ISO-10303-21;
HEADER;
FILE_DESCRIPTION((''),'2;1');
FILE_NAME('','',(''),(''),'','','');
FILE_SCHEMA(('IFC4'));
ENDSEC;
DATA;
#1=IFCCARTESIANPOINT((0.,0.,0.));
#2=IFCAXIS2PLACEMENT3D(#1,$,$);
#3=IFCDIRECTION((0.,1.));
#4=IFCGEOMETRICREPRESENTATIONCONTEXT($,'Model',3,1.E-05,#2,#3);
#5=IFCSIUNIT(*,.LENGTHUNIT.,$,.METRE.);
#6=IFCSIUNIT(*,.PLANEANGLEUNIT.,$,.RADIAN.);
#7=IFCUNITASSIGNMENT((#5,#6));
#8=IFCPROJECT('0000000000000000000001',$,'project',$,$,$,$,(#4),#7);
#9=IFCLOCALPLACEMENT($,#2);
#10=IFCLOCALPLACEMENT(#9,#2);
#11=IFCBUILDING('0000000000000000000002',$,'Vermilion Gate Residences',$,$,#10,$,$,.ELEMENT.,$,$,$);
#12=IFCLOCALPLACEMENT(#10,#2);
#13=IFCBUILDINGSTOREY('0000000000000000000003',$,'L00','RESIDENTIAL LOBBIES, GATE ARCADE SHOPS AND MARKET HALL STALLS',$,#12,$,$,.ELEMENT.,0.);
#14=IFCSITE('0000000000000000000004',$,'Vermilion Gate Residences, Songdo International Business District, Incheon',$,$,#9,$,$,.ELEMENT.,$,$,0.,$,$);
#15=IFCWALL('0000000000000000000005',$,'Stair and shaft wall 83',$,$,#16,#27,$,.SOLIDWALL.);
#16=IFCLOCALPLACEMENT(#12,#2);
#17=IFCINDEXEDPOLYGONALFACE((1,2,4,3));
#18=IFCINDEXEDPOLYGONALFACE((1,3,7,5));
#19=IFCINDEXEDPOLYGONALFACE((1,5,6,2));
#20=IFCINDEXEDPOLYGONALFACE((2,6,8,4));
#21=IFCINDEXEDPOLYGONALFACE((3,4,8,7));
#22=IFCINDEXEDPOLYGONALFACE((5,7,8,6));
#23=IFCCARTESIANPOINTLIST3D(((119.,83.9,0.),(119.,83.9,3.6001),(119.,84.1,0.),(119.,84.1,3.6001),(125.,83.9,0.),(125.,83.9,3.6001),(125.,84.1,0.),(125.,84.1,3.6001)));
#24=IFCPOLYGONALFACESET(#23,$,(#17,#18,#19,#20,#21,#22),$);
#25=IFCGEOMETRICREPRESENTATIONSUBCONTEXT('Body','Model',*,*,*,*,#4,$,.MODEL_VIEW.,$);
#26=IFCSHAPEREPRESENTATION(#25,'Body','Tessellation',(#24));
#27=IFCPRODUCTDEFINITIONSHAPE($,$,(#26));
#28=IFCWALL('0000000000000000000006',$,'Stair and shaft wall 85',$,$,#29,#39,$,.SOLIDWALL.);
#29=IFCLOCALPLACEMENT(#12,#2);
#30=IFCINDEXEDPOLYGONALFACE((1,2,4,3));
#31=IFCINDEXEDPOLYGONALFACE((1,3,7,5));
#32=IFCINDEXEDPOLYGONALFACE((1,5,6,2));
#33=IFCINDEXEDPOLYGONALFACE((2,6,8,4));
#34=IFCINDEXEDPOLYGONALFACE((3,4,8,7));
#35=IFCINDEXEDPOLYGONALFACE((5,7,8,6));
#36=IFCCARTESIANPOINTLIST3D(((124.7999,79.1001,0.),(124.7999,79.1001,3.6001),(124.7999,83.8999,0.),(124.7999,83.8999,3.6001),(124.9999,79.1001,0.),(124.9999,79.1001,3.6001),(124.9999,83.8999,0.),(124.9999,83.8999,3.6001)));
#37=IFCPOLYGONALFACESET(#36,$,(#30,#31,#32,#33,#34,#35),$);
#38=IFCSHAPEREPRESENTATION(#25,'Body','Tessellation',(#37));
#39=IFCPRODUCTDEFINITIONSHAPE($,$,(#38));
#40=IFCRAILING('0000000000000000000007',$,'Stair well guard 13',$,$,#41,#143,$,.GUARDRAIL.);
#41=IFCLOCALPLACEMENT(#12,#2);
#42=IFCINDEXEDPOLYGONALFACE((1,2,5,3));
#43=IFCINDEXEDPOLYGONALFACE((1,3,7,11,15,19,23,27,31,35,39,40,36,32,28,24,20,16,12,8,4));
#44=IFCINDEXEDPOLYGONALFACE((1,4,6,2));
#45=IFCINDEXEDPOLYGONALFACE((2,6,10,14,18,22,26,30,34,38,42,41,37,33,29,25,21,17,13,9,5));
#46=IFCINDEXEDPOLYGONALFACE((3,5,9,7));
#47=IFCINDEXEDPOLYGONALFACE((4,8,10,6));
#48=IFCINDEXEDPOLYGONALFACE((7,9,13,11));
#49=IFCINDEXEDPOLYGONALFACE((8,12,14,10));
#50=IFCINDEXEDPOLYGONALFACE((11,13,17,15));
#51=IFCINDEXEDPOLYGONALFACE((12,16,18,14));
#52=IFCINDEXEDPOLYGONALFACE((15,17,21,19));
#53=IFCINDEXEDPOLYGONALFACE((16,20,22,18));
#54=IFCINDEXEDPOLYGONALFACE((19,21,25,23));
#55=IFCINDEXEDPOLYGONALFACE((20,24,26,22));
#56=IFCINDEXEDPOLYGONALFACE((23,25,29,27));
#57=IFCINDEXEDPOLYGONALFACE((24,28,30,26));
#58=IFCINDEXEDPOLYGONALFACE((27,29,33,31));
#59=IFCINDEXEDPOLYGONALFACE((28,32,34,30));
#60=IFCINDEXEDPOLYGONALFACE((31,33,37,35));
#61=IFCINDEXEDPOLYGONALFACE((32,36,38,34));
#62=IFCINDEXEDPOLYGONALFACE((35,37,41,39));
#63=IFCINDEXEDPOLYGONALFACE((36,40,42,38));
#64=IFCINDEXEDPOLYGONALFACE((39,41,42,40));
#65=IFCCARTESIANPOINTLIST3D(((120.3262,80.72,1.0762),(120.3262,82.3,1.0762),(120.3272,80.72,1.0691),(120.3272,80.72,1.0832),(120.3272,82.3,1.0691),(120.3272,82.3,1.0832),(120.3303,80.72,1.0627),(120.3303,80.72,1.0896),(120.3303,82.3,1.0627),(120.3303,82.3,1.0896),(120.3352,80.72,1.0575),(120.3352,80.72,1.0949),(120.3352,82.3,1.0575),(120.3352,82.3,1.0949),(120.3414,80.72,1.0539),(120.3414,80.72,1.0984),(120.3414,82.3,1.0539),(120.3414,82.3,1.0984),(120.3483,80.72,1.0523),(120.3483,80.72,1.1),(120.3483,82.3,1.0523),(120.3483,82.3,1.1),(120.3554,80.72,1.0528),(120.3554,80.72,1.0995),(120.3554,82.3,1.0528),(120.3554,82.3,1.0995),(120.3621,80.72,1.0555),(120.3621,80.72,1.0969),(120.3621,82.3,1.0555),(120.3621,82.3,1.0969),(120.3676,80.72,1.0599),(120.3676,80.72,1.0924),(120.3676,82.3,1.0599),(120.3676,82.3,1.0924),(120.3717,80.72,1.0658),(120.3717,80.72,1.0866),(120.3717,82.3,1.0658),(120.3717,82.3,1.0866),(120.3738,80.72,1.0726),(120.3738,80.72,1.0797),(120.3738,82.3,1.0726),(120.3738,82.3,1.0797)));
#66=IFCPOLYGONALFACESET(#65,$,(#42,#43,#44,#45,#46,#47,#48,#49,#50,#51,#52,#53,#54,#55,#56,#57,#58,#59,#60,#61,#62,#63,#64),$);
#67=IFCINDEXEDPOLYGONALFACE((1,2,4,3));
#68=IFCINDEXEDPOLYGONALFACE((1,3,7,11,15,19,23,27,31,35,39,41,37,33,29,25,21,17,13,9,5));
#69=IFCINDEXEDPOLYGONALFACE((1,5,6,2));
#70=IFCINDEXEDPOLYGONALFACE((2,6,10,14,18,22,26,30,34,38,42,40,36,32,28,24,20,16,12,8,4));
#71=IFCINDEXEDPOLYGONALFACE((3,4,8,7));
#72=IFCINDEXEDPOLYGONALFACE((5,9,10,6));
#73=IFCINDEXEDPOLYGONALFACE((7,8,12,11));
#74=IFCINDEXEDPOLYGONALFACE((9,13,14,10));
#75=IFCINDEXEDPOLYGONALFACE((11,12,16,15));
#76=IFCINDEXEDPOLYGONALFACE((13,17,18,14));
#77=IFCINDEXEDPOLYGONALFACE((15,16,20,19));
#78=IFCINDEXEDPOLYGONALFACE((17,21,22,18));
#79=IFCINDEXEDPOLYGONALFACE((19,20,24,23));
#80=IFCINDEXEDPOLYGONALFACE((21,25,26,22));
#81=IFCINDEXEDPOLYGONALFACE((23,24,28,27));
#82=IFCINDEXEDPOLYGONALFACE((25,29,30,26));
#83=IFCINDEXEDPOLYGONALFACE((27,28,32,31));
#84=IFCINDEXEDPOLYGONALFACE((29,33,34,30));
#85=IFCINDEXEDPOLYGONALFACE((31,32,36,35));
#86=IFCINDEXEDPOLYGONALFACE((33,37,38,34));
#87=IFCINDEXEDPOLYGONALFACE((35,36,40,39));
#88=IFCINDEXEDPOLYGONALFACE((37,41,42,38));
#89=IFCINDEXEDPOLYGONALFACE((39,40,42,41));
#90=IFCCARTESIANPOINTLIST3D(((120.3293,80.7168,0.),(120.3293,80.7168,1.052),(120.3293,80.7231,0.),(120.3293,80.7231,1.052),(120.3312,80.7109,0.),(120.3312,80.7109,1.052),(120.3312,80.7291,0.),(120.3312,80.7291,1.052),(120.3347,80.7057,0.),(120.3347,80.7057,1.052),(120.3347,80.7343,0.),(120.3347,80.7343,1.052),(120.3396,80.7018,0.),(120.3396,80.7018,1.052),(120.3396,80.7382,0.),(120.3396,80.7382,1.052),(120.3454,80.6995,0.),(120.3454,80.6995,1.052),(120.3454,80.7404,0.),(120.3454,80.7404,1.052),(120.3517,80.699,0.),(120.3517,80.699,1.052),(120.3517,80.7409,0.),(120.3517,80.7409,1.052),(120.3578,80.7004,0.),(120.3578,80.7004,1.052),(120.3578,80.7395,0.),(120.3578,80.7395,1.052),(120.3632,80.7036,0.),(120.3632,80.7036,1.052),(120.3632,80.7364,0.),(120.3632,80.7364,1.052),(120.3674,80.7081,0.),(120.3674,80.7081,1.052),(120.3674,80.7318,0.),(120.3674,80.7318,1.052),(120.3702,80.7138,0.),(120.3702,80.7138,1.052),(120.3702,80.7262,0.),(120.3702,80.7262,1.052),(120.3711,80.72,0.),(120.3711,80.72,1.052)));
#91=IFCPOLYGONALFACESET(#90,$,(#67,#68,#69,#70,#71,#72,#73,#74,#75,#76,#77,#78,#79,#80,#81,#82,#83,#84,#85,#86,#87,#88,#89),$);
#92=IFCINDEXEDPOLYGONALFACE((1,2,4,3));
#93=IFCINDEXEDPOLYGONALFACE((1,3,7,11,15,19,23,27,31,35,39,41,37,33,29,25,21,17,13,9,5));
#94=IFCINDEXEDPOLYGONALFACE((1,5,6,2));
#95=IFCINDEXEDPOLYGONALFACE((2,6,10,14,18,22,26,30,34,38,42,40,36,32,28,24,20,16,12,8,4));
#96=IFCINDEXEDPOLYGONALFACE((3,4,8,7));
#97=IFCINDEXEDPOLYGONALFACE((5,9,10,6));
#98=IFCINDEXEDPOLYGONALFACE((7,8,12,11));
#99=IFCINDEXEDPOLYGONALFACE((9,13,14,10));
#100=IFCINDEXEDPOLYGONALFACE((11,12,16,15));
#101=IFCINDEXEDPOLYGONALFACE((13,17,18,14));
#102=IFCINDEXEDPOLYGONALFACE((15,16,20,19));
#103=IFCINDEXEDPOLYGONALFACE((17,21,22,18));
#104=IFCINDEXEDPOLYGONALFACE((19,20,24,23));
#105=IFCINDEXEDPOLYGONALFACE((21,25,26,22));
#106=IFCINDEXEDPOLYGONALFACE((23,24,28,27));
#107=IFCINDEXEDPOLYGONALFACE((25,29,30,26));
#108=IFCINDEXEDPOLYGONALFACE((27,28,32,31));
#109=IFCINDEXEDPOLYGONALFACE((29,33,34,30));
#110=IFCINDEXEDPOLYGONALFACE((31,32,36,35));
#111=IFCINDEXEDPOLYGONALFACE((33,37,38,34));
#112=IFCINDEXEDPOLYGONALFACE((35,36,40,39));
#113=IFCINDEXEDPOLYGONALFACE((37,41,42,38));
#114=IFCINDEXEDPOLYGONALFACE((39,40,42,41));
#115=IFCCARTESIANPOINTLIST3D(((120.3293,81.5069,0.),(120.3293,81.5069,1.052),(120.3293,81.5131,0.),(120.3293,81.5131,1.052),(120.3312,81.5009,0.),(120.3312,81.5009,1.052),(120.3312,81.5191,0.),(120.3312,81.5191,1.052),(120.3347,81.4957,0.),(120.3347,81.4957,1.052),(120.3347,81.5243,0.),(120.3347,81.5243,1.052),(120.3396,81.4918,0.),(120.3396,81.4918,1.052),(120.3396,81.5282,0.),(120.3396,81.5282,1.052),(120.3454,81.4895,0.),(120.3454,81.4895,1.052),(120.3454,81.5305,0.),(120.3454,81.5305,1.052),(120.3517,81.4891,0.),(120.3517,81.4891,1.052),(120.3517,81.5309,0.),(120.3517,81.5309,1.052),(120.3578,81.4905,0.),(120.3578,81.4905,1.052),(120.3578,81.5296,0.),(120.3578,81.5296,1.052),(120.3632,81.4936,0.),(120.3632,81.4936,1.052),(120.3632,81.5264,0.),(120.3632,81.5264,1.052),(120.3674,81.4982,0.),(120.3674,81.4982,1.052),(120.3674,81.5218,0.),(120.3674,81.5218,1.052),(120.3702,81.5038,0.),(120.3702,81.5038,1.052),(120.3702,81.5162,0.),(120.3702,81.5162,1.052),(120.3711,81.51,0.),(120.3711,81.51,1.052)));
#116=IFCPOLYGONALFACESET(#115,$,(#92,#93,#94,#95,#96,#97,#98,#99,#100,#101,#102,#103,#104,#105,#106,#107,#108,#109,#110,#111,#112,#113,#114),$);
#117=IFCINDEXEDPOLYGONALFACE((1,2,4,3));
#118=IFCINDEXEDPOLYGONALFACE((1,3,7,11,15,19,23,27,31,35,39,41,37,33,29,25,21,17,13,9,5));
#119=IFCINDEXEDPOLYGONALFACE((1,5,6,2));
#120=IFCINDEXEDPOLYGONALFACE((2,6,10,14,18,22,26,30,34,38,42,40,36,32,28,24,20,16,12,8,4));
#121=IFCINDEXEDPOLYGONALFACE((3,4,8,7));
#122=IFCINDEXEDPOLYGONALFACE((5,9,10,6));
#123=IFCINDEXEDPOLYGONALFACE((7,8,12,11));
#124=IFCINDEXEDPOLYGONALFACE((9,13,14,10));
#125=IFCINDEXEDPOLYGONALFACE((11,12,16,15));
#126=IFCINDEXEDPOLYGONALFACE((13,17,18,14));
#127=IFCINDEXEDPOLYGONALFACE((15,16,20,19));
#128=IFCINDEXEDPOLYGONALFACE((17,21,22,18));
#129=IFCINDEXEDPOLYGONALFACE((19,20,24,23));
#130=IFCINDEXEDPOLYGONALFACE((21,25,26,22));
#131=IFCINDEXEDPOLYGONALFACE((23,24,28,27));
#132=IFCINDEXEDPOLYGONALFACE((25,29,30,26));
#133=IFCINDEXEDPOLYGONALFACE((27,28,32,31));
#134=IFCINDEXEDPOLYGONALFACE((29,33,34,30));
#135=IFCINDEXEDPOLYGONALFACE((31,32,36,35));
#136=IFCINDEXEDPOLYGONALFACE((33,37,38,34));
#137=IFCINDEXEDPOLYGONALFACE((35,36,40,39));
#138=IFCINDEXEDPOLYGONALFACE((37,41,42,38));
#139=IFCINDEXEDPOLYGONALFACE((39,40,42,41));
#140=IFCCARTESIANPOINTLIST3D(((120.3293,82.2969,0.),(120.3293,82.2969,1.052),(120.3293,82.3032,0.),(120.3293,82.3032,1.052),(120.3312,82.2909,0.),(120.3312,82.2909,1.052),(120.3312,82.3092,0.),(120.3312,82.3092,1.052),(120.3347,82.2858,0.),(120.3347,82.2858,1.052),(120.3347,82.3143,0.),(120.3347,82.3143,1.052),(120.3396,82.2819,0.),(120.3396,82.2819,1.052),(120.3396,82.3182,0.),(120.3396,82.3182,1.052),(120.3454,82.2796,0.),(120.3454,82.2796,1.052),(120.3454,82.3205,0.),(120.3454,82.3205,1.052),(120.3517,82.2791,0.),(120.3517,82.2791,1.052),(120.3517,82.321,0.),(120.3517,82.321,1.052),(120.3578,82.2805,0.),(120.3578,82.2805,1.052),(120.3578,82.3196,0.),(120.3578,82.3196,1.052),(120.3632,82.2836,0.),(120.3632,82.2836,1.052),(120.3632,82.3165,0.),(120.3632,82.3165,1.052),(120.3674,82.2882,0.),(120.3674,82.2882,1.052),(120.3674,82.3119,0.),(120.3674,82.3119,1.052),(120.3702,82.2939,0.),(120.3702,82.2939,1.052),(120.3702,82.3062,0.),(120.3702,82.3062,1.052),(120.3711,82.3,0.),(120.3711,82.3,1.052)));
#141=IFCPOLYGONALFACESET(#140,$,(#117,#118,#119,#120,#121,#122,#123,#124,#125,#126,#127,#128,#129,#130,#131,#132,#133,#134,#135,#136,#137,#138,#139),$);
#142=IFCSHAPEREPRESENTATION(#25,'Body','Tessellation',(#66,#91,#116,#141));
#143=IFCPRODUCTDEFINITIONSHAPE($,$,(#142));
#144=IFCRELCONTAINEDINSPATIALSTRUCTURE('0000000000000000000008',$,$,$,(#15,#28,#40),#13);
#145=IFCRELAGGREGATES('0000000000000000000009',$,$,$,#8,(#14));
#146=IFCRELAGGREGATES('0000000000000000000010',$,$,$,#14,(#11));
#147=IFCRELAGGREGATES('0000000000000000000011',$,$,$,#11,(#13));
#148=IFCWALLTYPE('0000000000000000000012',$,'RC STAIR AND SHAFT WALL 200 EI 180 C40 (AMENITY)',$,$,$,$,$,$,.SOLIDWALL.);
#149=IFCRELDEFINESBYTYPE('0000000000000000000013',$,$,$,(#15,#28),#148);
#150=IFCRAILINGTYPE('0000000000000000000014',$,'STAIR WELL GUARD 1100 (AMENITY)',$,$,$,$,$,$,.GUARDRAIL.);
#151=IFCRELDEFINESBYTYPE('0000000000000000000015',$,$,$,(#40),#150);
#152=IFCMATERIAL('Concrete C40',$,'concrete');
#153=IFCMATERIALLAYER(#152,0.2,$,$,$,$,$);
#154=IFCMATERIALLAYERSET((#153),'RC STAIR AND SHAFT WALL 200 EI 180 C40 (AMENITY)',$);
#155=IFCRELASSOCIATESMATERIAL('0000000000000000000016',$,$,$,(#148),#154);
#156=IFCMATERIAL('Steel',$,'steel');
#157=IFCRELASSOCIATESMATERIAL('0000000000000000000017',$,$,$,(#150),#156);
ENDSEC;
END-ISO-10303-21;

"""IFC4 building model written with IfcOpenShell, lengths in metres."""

from ifc_helpers import new_model, si_unit, direction, frame, frame_2d, origin, origin_2d, place, context, subcontext, project, spatial, rectangle, circle, extrude, material, layer, layer_set, type_object, element, save


model = new_model("IFC4")

# Units and contexts
model_context = context("Model", 3, precision=1e-05, world=origin(), true_north=direction((0.0, 1.0)))
body_context = subcontext(model_context, "Body", "Model", "MODEL_VIEW")
ifc_project = project(units=[si_unit("LENGTHUNIT", "METRE"), si_unit("PLANEANGLEUNIT", "RADIAN")], contexts=[model_context])

# Site, building, storey
site_placement = place(None, origin())
site = spatial("IfcSite", under=ifc_project, at=site_placement, Name="Vermilion Gate Residences, Songdo International Business District, Incheon", CompositionType="ELEMENT", RefElevation=0.0)
building_placement = place(site_placement, origin())
building = spatial("IfcBuilding", under=site, at=building_placement, Name="Vermilion Gate Residences", CompositionType="ELEMENT")
storey_placement = place(building_placement, origin())
storey = spatial("IfcBuildingStorey", under=building, at=storey_placement, Name="L00", Description="RESIDENTIAL LOBBIES, GATE ARCADE SHOPS AND MARKET HALL STALLS", CompositionType="ELEMENT", Elevation=0.0)

# Shared definitions
ifc_material_1 = material(Name="Concrete C40", Category="concrete")
ifc_layer_1 = layer(ifc_material_1, 0.2)
ifc_layer_set_1 = layer_set([ifc_layer_1], Name="RC STAIR AND SHAFT WALL 200 EI 180 C40 (AMENITY)")
wall_type_1 = type_object("IfcWallType", Name="RC STAIR AND SHAFT WALL 200 EI 180 C40 (AMENITY)", PredefinedType="SOLIDWALL", material=ifc_layer_set_1)

# Walls
wall_1_placement = place(storey_placement, frame((119.0, 84.0, 0.0), z_axis=(0.0, 0.0, 1.0), x_axis=(1.0, 0.0, 0.0)))
element("IfcWall", 1, at=wall_1_placement, inside=storey, type_object=wall_type_1, Name="Stair and shaft wall 83", PredefinedType="SOLIDWALL", context=body_context, shape_type="SweptSolid", body=[
    extrude(rectangle(XDim=6.0, YDim=0.2, at=frame_2d((3.0, 0.0))), origin(), (0.0, 0.0, 1.0), 3.6001),
])
wall_2_placement = place(storey_placement, frame((124.8999, 79.1001, 0.0), z_axis=(0.0, 0.0, 1.0), x_axis=(0.0, 1.0, 0.0)))
element("IfcWall", 2, at=wall_2_placement, inside=storey, type_object=wall_type_1, Name="Stair and shaft wall 85", PredefinedType="SOLIDWALL", context=body_context, shape_type="SweptSolid", body=[
    extrude(rectangle(XDim=4.7998, YDim=0.2, at=frame_2d((2.3999, 0.0))), origin(), (0.0, 0.0, 1.0), 3.6001),
])

# Railing
ifc_material_2 = material(Name="Steel", Category="steel")
railing_type = type_object("IfcRailingType", Name="STAIR WELL GUARD 1100 (AMENITY)", PredefinedType="GUARDRAIL", material=ifc_material_2)
railing_1_placement = place(storey_placement, frame((120.3501, 80.72, 0.0)))
element("IfcRailing", 3, at=railing_1_placement, inside=storey, type_object=railing_type, Name="Stair well guard 13", PredefinedType="GUARDRAIL", context=body_context, shape_type="SweptSolid", body=[
    extrude(circle(Radius=0.0239, at=origin_2d()), frame((0.0, 0.0, 1.0762), z_axis=(0.0, 1.0, 0.0), x_axis=(-1.0, 0.0, 0.0)), (0.0, 0.0, 1.0), 1.5801),
    extrude(circle(Radius=0.021, at=origin_2d()), origin(), (0.0, 0.0, 1.0), 1.052),
    extrude(circle(Radius=0.021, at=origin_2d()), frame((0.0, 0.79, 0.0)), (0.0, 0.0, 1.0), 1.052),
    extrude(circle(Radius=0.021, at=origin_2d()), frame((0.0, 1.5801, 0.0)), (0.0, 0.0, 1.0), 1.052),
])

save(model, "model.ifc")
